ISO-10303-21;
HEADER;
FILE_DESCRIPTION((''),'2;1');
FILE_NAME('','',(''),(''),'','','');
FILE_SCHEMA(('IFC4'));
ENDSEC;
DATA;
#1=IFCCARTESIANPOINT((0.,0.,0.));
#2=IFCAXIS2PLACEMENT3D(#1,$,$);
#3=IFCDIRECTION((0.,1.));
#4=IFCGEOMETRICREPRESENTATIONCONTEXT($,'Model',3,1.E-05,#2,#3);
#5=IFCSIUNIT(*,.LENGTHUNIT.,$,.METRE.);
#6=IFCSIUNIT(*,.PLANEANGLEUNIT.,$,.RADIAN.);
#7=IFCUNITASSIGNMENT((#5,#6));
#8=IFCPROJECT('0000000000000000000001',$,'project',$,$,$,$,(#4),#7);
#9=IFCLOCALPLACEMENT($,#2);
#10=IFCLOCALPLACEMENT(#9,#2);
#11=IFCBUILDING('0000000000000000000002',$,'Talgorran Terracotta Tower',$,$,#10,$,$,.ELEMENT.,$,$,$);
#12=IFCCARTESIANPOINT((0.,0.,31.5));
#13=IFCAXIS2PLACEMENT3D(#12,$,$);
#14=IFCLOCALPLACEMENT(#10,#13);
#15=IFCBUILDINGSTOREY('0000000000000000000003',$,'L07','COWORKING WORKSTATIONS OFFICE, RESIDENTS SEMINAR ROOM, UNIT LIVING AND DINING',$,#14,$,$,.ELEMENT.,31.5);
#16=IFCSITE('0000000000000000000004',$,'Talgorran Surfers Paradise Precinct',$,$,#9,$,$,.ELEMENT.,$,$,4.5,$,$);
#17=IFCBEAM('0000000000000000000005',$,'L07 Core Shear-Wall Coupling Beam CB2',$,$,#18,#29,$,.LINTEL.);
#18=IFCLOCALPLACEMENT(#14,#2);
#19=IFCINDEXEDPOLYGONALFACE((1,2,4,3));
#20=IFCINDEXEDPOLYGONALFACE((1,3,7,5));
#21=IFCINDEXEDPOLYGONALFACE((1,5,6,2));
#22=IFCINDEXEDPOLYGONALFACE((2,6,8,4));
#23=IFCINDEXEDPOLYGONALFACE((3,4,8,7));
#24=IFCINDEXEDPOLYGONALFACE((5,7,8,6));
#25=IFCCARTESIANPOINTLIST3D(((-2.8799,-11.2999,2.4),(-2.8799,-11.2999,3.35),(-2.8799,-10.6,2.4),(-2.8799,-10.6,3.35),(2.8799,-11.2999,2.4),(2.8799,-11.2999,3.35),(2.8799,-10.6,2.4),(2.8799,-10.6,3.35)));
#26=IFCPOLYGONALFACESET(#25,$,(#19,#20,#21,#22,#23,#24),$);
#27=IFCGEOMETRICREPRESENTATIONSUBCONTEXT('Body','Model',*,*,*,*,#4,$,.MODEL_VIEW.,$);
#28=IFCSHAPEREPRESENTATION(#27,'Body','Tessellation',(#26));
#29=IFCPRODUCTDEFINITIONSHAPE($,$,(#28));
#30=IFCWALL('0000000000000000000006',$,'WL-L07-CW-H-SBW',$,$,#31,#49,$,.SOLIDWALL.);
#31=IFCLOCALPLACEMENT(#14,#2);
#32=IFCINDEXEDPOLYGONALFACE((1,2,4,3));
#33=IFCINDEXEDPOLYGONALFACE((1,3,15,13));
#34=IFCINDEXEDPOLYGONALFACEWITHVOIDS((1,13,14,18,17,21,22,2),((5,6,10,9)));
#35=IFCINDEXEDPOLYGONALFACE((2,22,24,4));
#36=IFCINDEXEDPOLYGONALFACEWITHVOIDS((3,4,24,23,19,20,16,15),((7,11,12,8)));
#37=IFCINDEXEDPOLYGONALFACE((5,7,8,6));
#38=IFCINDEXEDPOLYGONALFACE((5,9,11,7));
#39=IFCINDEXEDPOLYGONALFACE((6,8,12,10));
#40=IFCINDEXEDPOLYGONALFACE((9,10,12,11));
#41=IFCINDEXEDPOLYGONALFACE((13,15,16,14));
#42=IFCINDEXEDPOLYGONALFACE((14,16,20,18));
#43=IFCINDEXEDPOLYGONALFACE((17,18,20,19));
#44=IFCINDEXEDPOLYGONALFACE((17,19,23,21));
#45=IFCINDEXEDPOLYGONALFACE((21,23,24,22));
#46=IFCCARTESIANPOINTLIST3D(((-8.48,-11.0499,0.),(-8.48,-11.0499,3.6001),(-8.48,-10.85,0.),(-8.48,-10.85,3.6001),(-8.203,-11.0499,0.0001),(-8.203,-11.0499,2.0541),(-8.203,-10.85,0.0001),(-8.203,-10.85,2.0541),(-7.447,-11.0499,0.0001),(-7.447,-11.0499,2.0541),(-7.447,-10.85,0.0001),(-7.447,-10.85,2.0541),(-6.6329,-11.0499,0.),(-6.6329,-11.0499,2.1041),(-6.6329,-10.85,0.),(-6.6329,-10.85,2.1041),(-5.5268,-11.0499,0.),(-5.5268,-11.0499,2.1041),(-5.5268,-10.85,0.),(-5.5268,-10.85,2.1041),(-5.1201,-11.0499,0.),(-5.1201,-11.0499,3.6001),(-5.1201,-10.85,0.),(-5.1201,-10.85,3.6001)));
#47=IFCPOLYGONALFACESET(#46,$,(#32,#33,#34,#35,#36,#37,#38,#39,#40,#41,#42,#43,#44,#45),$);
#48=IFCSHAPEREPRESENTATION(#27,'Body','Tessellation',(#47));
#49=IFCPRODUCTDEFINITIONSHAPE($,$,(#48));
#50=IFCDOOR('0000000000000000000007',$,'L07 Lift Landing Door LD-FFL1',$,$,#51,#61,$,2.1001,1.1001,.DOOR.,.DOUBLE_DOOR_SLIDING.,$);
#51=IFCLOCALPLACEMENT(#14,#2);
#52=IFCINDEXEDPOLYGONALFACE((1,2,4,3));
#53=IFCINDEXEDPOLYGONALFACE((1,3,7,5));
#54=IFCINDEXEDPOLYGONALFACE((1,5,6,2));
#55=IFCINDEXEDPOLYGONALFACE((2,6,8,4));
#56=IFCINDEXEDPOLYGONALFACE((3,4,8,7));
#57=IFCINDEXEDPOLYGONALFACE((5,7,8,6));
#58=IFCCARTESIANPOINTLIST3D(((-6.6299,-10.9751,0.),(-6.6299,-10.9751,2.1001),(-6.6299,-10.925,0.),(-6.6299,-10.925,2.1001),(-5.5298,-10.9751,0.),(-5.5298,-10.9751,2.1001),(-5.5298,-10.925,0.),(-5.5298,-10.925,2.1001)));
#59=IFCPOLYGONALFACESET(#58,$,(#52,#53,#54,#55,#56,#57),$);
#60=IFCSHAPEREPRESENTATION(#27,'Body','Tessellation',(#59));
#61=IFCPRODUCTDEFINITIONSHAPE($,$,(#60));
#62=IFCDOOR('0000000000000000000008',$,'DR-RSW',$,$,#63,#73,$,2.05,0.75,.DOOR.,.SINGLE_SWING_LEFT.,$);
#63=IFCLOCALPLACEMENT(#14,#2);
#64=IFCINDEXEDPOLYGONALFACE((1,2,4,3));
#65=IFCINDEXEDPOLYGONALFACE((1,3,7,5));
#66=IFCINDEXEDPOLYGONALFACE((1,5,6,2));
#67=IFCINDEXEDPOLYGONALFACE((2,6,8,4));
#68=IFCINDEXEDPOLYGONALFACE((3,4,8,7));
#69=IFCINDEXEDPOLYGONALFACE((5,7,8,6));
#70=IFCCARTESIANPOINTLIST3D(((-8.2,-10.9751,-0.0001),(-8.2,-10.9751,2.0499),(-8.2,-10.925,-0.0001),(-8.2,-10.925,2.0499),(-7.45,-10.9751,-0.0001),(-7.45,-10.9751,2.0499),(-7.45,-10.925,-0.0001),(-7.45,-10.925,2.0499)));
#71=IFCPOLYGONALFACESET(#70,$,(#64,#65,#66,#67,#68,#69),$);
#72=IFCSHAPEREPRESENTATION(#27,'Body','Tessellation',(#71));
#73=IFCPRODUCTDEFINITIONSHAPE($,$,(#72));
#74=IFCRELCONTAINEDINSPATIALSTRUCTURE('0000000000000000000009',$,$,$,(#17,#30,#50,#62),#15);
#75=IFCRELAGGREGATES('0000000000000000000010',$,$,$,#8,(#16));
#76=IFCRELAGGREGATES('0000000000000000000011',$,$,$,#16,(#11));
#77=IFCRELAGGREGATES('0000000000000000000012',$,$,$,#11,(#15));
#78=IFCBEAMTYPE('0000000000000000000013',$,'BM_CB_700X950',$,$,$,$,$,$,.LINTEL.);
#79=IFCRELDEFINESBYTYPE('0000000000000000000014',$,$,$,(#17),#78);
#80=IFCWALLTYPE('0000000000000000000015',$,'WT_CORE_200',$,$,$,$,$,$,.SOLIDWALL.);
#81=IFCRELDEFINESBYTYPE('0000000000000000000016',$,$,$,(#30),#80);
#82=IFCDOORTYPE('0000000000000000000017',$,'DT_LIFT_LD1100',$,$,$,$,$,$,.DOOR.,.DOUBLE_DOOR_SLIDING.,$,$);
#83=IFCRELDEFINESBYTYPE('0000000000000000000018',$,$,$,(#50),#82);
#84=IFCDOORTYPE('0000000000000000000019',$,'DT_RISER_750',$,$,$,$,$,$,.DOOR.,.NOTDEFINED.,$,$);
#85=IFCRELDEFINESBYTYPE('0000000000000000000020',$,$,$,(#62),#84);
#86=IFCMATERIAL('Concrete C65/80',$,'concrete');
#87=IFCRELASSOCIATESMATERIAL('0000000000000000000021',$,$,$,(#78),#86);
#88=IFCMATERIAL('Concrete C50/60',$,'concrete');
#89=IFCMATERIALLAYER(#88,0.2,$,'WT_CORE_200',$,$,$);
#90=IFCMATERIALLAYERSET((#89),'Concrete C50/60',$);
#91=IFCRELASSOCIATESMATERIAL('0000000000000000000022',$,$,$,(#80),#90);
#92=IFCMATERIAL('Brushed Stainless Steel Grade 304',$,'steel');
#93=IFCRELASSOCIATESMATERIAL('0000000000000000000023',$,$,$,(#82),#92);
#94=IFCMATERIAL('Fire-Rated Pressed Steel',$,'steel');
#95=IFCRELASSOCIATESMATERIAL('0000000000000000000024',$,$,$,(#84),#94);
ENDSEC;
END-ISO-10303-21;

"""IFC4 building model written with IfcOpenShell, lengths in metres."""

from ifc_helpers import new_model, si_unit, direction, frame, frame_2d, origin, origin_2d, place, context, subcontext, project, spatial, rectangle, extrude, material, layer, layer_set, material_profile, profile_set, type_object, element, fill, save


model = new_model("IFC4")

# Units and contexts
model_context = context("Model", 3, precision=1e-05, world=origin(), true_north=direction((0.0, 1.0)))
body_context = subcontext(model_context, "Body", "Model", "MODEL_VIEW")
ifc_project = project(units=[si_unit("LENGTHUNIT", "METRE"), si_unit("PLANEANGLEUNIT", "RADIAN")], contexts=[model_context])

# Site, building, storey
site_placement = place(None, origin())
site = spatial("IfcSite", under=ifc_project, at=site_placement, Name="Talgorran Surfers Paradise Precinct", CompositionType="ELEMENT", RefElevation=4.5)
building_placement = place(site_placement, origin())
building = spatial("IfcBuilding", under=site, at=building_placement, Name="Talgorran Terracotta Tower", CompositionType="ELEMENT")
storey_placement = place(building_placement, frame((0.0, 0.0, 31.5)))
storey = spatial("IfcBuildingStorey", under=building, at=storey_placement, Name="L07", Description="COWORKING WORKSTATIONS OFFICE, RESIDENTS SEMINAR ROOM, UNIT LIVING AND DINING", CompositionType="ELEMENT", Elevation=31.5)

# Beam
ifc_material_1 = material(Name="Concrete C65/80", Category="concrete")
ifc_material_profile = material_profile(ifc_material_1, rectangle(XDim=0.7, YDim=0.95, at=origin_2d()), Name="RCCB700X950")
ifc_profile_set = profile_set([ifc_material_profile], Name="Concrete C65/80")
beam_type = type_object("IfcBeamType", Name="BM_CB_700X950", PredefinedType="LINTEL", material=ifc_profile_set)
beam_placement = place(storey_placement, frame((-2.8799, -10.95, 2.875), z_axis=(1.0, 0.0, 0.0), x_axis=(0.0, 1.0, 0.0)))
element("IfcBeam", 1, at=beam_placement, inside=storey, type_object=beam_type, Name="L07 Core Shear-Wall Coupling Beam CB2", PredefinedType="LINTEL", context=body_context, shape_type="SweptSolid", body=[
    extrude(rectangle(XDim=0.7, YDim=0.95, at=origin_2d()), origin(), (0.0, 0.0, 1.0), 5.7598),
])

# Wall, openings, doors
ifc_material_2 = material(Name="Concrete C50/60", Category="concrete")
ifc_layer_1 = layer(ifc_material_2, 0.2, Name="WT_CORE_200")
ifc_layer_set_1 = layer_set([ifc_layer_1], Name="Concrete C50/60")
wall_type_1 = type_object("IfcWallType", Name="WT_CORE_200", PredefinedType="SOLIDWALL", material=ifc_layer_set_1)
wall_1_placement = place(storey_placement, frame((-8.48, -10.95, 0.0), z_axis=(0.0, 0.0, 1.0), x_axis=(1.0, 0.0, 0.0)))
wall_1 = element("IfcWall", 2, at=wall_1_placement, inside=storey, type_object=wall_type_1, Name="WL-L07-CW-H-SBW", PredefinedType="SOLIDWALL", context=body_context, shape_type="SweptSolid", body=[
    extrude(rectangle(XDim=3.3599, YDim=0.2, at=frame_2d((1.6799, 0.0))), origin(), (0.0, 0.0, 1.0), 3.6001),
])
opening_1_placement = place(wall_1_placement, frame((0.28, 0.0, 0.0)))
opening_1 = element("IfcOpeningElement", 3, at=opening_1_placement, cuts=wall_1, PredefinedType="OPENING", context=body_context, shape_type="SweptSolid", body=[
    extrude(rectangle(XDim=0.756, YDim=2.054, at=frame_2d((0.375, 1.0271))), frame((0.0, 0.1099, 0.0), z_axis=(0.0, -1.0, 0.0), x_axis=(1.0, 0.0, 0.0)), (0.0, 0.0, 1.0), 0.22),
])
opening_2_placement = place(wall_1_placement, frame((1.8501, 0.0, 0.0)))
opening_2 = element("IfcOpeningElement", 4, at=opening_2_placement, cuts=wall_1, PredefinedType="OPENING", context=body_context, shape_type="SweptSolid", body=[
    extrude(rectangle(XDim=1.1061, YDim=2.1041, at=frame_2d((0.55, 1.052))), frame((0.0, 0.1099, 0.0), z_axis=(0.0, -1.0, 0.0), x_axis=(1.0, 0.0, 0.0)), (0.0, 0.0, 1.0), 0.22),
])
ifc_material_3 = material(Name="Brushed Stainless Steel Grade 304", Category="steel")
door_type_1 = type_object("IfcDoorType", Name="DT_LIFT_LD1100", OperationType="DOUBLE_DOOR_SLIDING", PredefinedType="DOOR", material=ifc_material_3)
door_1_placement = place(opening_2_placement, origin())
door_1 = element("IfcDoor", 5, at=door_1_placement, inside=storey, type_object=door_type_1, Name="L07 Lift Landing Door LD-FFL1", OperationType="DOUBLE_DOOR_SLIDING", OverallHeight=2.1001, OverallWidth=1.1001, PredefinedType="DOOR", context=body_context, shape_type="SweptSolid", body=[
    extrude(rectangle(XDim=1.1001, YDim=2.1001, at=frame_2d((0.55, 1.05))), frame((0.0, 0.0249, 0.0), z_axis=(0.0, -1.0, 0.0), x_axis=(1.0, 0.0, 0.0)), (0.0, 0.0, 1.0), 0.05),
])
fill(opening_2, door_1)
ifc_material_4 = material(Name="Fire-Rated Pressed Steel", Category="steel")
door_type_2 = type_object("IfcDoorType", Name="DT_RISER_750", OperationType="NOTDEFINED", PredefinedType="DOOR", material=ifc_material_4)
door_2_placement = place(opening_1_placement, origin())
door_2 = element("IfcDoor", 6, at=door_2_placement, inside=storey, type_object=door_type_2, Name="DR-RSW", OperationType="SINGLE_SWING_LEFT", OverallHeight=2.05, OverallWidth=0.75, PredefinedType="DOOR", context=body_context, shape_type="SweptSolid", body=[
    extrude(rectangle(XDim=0.75, YDim=2.05, at=frame_2d((0.375, 1.0249))), frame((0.0, 0.0249, 0.0), z_axis=(0.0, -1.0, 0.0), x_axis=(1.0, 0.0, 0.0)), (0.0, 0.0, 1.0), 0.05),
])
fill(opening_1, door_2)

save(model, "model.ifc")
